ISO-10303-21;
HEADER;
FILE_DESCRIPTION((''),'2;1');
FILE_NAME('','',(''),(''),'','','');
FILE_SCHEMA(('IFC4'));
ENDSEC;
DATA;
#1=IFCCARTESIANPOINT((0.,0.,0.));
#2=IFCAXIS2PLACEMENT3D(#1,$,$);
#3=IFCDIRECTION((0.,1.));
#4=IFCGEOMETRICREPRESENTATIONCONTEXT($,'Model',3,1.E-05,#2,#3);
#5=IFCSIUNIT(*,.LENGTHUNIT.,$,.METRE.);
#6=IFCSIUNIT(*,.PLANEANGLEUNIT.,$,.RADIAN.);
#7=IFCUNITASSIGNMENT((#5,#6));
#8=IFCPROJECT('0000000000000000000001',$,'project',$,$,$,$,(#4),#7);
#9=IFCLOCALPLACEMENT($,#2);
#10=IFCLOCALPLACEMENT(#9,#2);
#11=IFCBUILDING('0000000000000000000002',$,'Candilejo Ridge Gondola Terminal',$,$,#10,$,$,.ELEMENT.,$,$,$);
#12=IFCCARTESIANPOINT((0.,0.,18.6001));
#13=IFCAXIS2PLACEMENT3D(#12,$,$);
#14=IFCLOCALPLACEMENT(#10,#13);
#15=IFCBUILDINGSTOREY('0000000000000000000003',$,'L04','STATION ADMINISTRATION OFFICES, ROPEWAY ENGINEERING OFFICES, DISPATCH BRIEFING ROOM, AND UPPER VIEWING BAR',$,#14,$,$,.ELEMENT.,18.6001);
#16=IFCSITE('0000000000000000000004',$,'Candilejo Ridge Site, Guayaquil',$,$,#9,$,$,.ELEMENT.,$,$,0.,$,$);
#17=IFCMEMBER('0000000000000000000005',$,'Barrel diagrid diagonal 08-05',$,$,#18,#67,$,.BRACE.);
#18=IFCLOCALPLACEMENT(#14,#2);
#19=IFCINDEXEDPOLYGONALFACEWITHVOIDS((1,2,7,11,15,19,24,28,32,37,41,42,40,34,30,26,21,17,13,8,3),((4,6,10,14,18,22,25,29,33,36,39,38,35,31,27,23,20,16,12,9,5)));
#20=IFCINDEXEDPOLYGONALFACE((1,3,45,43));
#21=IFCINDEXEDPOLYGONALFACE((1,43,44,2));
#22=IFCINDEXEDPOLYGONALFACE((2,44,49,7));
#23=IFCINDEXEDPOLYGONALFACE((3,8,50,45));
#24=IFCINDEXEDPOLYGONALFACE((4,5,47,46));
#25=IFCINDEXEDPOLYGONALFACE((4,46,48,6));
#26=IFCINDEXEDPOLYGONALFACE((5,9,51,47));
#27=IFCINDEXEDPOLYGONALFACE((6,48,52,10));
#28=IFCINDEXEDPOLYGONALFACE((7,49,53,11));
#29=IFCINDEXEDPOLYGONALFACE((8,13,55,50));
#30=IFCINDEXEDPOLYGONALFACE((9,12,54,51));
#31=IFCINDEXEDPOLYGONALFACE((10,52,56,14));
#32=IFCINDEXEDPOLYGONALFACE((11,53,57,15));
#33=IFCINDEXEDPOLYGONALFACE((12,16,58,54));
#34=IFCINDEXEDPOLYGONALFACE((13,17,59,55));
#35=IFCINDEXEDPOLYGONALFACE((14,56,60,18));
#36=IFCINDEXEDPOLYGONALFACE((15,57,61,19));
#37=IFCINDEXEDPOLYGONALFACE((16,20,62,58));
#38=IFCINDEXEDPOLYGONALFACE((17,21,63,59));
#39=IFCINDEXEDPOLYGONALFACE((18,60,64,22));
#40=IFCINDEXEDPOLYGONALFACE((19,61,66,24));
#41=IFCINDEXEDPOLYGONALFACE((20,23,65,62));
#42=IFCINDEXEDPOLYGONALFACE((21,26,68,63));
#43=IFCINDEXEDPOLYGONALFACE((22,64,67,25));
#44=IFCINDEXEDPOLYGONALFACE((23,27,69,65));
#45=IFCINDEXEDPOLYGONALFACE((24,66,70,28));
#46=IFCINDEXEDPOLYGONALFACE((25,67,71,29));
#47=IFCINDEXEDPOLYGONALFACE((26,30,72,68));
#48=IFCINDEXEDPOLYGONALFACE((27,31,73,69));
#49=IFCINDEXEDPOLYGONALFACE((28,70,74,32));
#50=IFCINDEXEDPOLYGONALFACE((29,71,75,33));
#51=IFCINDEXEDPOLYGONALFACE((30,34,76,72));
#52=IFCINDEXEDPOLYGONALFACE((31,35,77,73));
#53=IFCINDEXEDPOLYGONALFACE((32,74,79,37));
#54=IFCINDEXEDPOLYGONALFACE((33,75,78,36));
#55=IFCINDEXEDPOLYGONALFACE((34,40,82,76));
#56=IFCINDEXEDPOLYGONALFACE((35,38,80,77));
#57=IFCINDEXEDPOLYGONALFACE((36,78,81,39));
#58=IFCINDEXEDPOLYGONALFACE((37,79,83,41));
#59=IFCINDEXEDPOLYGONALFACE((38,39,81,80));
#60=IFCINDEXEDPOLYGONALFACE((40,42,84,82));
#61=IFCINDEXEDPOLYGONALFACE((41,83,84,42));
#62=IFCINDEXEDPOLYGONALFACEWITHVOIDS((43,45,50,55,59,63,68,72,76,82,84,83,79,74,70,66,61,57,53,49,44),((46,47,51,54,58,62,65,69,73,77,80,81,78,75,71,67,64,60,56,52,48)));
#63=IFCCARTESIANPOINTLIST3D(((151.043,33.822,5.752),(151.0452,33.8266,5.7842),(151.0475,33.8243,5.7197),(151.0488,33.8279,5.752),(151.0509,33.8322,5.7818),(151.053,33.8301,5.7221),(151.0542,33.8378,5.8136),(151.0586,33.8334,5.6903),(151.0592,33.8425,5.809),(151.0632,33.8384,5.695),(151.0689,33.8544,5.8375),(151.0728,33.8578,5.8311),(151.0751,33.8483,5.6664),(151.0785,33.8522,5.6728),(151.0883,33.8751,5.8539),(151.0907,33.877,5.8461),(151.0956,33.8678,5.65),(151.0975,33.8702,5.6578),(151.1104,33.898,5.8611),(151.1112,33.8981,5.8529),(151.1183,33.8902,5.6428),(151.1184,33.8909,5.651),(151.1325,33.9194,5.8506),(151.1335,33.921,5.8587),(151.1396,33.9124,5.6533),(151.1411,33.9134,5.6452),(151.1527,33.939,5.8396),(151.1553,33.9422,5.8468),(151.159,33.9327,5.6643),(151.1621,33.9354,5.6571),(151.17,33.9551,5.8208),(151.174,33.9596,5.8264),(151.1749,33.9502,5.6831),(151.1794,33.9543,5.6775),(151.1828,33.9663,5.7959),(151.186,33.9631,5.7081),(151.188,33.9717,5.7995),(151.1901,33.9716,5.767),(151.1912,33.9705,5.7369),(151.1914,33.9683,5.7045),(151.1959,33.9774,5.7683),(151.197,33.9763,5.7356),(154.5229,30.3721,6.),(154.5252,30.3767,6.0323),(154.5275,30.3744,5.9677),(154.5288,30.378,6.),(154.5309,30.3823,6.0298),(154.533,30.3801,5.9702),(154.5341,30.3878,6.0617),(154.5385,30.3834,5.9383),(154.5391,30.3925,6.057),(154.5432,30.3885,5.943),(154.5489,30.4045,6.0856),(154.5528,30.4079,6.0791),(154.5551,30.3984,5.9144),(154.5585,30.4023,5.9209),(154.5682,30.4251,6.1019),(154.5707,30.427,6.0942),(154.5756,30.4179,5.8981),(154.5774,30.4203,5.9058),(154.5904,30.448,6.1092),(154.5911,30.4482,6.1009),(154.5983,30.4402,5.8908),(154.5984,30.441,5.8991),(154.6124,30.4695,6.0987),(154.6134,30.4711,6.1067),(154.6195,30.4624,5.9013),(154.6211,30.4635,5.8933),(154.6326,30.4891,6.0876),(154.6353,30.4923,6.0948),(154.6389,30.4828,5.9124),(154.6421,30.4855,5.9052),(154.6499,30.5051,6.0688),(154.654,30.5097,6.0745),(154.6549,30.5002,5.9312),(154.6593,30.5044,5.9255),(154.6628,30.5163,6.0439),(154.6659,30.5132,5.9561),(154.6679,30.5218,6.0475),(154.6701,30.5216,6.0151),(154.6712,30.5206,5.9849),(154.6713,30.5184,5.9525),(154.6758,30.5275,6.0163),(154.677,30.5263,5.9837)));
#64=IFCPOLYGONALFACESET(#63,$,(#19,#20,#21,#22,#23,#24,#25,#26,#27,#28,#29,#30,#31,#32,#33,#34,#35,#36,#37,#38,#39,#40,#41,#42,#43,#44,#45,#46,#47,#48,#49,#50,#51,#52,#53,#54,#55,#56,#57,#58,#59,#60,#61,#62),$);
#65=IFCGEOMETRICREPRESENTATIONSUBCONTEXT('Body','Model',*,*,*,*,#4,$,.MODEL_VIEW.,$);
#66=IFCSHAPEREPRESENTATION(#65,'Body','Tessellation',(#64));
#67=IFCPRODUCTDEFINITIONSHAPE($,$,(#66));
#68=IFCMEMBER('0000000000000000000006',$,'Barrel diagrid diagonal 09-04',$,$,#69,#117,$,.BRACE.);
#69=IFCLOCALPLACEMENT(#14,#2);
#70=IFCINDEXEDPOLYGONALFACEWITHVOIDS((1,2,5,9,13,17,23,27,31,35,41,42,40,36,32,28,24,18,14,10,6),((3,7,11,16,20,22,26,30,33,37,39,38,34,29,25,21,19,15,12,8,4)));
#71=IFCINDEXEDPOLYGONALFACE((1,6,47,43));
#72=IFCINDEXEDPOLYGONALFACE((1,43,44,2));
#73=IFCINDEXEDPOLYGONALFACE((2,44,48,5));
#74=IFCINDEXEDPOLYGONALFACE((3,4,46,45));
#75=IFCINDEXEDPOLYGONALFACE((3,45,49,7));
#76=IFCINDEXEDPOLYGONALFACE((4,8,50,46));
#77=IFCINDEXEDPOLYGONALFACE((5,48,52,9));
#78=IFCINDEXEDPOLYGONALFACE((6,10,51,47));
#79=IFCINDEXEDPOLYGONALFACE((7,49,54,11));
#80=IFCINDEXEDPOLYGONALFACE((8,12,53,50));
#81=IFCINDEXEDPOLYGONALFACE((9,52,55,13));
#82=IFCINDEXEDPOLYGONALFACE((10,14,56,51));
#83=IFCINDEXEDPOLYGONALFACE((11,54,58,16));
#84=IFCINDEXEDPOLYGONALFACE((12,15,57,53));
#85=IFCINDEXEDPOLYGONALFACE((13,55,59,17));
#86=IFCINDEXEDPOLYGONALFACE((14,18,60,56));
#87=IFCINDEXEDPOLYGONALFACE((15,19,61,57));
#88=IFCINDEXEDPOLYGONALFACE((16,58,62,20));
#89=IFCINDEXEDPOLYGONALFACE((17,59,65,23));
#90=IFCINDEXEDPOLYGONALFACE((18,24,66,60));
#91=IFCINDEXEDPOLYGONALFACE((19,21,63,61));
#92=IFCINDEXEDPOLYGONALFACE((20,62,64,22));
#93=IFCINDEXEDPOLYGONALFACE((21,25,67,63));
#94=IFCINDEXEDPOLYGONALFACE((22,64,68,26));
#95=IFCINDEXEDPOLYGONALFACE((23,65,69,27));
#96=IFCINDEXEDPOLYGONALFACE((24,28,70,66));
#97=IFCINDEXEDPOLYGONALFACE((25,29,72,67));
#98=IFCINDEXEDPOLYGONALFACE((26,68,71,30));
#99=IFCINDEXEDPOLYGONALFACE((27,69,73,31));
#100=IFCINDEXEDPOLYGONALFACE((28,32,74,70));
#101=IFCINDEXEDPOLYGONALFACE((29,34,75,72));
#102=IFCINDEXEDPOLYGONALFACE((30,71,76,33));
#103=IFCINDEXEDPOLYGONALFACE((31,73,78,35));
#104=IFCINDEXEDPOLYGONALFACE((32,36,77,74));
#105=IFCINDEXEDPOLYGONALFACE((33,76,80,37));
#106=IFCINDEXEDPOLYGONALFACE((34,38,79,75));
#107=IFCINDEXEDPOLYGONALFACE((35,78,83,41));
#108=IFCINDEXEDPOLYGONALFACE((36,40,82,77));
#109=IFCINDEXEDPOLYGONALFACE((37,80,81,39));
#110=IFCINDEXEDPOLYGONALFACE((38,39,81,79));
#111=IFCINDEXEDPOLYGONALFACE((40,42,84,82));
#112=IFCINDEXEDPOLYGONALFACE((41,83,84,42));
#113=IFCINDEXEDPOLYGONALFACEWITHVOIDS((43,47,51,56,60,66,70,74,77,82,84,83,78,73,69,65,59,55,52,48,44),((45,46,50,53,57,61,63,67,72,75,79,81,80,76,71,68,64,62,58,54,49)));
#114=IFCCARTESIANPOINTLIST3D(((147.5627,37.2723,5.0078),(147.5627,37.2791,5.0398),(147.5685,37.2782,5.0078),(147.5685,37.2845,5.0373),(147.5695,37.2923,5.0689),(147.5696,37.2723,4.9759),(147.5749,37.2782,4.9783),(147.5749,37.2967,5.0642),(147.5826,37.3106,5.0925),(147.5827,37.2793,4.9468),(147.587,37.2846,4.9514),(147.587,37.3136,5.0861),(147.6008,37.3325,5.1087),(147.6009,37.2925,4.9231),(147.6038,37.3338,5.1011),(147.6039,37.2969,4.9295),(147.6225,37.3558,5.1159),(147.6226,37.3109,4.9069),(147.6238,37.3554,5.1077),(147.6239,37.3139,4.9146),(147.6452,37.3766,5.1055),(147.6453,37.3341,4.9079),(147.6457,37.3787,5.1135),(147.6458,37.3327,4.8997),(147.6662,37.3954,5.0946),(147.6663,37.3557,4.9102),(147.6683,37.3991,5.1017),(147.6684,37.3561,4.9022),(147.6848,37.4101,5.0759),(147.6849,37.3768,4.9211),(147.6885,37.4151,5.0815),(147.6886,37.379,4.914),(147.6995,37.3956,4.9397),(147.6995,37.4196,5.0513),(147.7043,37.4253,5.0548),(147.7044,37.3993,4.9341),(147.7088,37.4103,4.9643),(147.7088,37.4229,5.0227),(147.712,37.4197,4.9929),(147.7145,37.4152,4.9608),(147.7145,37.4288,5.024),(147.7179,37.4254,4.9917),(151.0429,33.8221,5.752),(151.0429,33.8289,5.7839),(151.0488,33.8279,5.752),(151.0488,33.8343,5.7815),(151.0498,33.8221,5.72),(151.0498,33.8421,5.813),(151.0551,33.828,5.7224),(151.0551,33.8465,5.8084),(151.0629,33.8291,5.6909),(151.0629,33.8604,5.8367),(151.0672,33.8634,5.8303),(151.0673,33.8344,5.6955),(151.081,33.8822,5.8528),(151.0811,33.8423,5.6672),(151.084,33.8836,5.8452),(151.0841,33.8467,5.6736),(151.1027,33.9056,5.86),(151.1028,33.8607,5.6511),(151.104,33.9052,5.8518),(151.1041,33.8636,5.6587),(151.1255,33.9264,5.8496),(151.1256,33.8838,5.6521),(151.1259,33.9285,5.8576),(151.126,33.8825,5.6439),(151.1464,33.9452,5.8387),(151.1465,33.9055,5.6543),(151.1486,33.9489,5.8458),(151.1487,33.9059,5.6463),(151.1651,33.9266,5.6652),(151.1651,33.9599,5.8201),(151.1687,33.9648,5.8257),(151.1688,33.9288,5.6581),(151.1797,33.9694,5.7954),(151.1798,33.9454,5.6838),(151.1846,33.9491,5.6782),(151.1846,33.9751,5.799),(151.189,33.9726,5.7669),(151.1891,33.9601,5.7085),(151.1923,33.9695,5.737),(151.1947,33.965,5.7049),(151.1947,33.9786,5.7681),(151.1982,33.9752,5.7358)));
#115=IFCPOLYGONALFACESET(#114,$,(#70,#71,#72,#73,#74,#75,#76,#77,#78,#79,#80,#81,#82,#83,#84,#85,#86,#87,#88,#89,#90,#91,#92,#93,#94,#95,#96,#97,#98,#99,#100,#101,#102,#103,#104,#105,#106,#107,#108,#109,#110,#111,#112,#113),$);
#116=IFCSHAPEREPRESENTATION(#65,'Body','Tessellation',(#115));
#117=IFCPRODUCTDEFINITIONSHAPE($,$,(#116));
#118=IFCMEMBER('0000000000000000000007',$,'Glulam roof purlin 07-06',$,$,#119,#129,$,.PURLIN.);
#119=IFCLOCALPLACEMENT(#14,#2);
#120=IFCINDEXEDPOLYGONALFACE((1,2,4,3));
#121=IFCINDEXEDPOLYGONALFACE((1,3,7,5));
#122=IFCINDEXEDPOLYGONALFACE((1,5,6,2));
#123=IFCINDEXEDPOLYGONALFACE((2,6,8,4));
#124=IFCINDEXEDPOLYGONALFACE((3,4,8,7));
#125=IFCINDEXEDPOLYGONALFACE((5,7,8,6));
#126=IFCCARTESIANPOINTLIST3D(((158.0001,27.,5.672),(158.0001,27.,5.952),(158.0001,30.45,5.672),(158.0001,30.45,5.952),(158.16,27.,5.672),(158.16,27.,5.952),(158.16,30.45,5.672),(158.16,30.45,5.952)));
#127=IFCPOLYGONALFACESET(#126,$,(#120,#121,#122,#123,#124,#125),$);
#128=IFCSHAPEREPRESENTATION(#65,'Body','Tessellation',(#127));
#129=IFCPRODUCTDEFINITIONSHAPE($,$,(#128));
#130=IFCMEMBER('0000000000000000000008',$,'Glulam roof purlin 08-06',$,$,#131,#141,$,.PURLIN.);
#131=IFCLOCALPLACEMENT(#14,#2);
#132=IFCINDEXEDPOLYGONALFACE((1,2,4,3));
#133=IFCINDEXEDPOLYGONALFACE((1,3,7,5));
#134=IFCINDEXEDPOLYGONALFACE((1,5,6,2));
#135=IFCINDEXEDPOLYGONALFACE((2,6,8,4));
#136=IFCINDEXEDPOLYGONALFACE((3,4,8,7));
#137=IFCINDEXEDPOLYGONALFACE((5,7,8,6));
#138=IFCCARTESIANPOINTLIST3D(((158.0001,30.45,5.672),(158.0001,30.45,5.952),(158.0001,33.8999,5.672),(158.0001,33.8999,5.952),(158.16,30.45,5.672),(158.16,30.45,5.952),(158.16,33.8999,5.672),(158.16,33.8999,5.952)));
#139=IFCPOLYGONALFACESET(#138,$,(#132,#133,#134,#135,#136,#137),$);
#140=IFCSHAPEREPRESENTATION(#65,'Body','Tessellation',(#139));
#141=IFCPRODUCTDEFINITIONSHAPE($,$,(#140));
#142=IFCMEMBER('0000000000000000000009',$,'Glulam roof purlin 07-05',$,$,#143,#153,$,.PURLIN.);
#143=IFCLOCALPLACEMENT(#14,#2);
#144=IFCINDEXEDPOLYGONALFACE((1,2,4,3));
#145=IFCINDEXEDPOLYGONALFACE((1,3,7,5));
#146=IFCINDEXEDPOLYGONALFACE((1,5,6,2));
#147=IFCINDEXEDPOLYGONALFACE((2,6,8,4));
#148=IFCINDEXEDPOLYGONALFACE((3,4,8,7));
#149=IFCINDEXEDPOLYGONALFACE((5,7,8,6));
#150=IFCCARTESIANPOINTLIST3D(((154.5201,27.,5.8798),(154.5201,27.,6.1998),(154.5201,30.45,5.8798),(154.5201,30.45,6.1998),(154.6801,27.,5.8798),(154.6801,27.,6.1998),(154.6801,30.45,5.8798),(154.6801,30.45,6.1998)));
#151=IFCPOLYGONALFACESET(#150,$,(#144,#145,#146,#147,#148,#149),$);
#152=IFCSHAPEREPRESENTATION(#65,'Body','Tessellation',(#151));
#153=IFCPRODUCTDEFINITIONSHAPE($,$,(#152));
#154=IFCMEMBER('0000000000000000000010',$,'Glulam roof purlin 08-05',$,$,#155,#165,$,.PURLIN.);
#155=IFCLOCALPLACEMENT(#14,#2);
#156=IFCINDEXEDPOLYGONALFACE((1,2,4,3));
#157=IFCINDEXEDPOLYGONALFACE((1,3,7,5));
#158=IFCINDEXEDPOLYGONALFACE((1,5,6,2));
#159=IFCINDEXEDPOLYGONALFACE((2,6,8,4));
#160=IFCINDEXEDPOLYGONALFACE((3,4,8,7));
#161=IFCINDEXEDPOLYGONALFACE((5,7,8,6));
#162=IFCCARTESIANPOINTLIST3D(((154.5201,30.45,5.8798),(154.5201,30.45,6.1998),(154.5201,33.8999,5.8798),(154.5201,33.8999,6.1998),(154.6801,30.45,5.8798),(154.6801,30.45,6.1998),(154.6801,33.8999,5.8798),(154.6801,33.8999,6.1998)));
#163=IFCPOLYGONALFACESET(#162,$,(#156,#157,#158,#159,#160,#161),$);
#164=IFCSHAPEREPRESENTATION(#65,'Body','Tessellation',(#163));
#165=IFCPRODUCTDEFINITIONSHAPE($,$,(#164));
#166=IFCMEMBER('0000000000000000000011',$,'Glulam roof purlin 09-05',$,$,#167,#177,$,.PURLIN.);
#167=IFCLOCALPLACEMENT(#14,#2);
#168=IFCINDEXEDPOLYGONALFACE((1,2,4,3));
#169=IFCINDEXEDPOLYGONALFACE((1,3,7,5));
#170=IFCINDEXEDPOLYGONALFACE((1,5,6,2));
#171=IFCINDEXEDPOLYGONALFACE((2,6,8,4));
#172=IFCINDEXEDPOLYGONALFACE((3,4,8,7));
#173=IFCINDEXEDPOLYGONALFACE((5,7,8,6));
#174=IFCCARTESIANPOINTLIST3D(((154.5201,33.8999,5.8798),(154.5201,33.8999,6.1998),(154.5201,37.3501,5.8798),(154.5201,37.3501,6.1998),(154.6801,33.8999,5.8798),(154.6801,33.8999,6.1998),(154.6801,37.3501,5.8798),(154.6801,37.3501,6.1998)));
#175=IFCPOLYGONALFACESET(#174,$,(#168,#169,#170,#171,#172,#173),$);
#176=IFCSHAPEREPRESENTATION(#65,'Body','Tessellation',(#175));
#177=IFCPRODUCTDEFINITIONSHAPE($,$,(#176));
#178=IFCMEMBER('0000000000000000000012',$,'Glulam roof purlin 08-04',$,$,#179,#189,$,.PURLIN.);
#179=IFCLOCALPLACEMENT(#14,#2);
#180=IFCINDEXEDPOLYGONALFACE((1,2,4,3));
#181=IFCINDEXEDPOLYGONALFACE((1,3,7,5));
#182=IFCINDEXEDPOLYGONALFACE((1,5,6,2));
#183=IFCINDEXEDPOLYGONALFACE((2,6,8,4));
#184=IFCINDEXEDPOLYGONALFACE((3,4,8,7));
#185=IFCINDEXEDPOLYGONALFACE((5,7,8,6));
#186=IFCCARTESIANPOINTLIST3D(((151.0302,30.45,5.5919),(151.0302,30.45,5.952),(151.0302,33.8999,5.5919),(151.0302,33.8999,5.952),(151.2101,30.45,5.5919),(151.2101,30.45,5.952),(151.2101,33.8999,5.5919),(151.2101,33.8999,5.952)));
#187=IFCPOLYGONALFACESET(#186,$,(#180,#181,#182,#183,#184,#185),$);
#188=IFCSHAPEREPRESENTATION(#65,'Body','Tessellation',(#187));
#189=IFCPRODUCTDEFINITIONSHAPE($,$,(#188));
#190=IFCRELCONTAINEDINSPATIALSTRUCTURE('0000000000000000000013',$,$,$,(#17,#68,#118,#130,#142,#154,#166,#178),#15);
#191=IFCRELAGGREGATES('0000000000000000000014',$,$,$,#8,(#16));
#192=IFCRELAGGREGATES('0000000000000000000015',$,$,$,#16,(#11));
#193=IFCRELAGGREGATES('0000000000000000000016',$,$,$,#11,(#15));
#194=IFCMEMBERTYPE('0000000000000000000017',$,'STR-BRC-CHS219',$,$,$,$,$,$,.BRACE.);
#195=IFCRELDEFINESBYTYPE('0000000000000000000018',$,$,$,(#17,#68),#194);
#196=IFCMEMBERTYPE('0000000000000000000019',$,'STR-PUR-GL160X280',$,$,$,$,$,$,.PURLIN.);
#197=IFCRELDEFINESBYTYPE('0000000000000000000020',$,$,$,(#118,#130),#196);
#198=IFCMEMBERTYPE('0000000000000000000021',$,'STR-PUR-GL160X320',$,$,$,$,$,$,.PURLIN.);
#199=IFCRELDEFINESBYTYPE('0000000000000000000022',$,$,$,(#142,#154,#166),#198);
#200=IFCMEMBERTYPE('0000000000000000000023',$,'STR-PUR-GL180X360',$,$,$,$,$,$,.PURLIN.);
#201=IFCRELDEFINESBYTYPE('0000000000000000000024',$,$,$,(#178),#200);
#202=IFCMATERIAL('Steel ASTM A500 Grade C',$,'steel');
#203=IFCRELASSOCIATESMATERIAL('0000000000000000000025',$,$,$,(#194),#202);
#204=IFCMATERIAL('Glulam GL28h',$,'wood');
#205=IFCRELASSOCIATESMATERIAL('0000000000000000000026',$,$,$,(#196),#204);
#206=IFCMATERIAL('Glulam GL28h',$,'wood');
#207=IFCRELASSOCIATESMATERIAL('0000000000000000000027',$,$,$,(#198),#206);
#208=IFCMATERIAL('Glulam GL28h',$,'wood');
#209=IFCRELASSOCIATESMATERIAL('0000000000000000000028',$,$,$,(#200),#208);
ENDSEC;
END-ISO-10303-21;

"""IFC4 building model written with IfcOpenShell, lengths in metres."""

from ifc_helpers import new_model, si_unit, direction, frame, origin, origin_2d, place, context, subcontext, project, spatial, rectangle, hollow_circle, extrude, material, material_profile, profile_set, type_object, element, save


model = new_model("IFC4")

# Units and contexts
model_context = context("Model", 3, precision=1e-05, world=origin(), true_north=direction((0.0, 1.0)))
body_context = subcontext(model_context, "Body", "Model", "MODEL_VIEW")
ifc_project = project(units=[si_unit("LENGTHUNIT", "METRE"), si_unit("PLANEANGLEUNIT", "RADIAN")], contexts=[model_context])

# Site, building, storey
site_placement = place(None, origin())
site = spatial("IfcSite", under=ifc_project, at=site_placement, Name="Candilejo Ridge Site, Guayaquil", CompositionType="ELEMENT", RefElevation=0.0)
building_placement = place(site_placement, origin())
building = spatial("IfcBuilding", under=site, at=building_placement, Name="Candilejo Ridge Gondola Terminal", CompositionType="ELEMENT")
storey_placement = place(building_placement, frame((0.0, 0.0, 18.6001)))
storey = spatial("IfcBuildingStorey", under=building, at=storey_placement, Name="L04", Description="STATION ADMINISTRATION OFFICES, ROPEWAY ENGINEERING OFFICES, DISPATCH BRIEFING ROOM, AND UPPER VIEWING BAR", CompositionType="ELEMENT", Elevation=18.6001)

# Members
ifc_material_1 = material(Name="Steel ASTM A500 Grade C", Category="steel")
ifc_material_profile_1 = material_profile(ifc_material_1, hollow_circle(Radius=0.1096, WallThickness=0.0083, at=origin_2d()))
ifc_profile_set_1 = profile_set([ifc_material_profile_1], Name="Steel ASTM A500 Grade C")
member_type_1 = type_object("IfcMemberType", Name="STR-BRC-CHS219", PredefinedType="BRACE", material=ifc_profile_set_1)
for number, where, z_axis, x_axis, name in (
    (1, (154.6001, 30.45, 6.0), (-0.709256, 0.703136, -0.050555), (-0.704036, -0.710164, 0.0), "Barrel diagrid diagonal 08-05"),
):
    element("IfcMember", number, at=place(storey_placement, frame(where, z_axis=z_axis, x_axis=x_axis)), inside=storey, type_object=member_type_1, Name=name, PredefinedType="BRACE", context=body_context, shape_type="SweptSolid", body=[
        extrude(hollow_circle(Radius=0.1096, WallThickness=0.0083, at=origin_2d()), origin(), (0.0, 0.0, 1.0), 4.9065),
    ])
member_1_placement = place(storey_placement, frame((151.1201, 33.8999, 5.752), z_axis=(-0.702116, 0.696057, -0.150126), x_axis=(-0.704036, -0.710164, 0.0)))
element("IfcMember", 2, at=member_1_placement, inside=storey, type_object=member_type_1, Name="Barrel diagrid diagonal 09-04", PredefinedType="BRACE", context=body_context, shape_type="SweptSolid", body=[
    extrude(hollow_circle(Radius=0.1096, WallThickness=0.0083, at=origin_2d()), origin(), (0.0, 0.0, 1.0), 4.9568),
])
ifc_material_2 = material(Name="Glulam GL28h", Category="wood")
ifc_material_profile_2 = material_profile(ifc_material_2, rectangle(XDim=0.1599, YDim=0.28, at=origin_2d()))
ifc_profile_set_2 = profile_set([ifc_material_profile_2], Name="Glulam GL28h")
member_type_2 = type_object("IfcMemberType", Name="STR-PUR-GL160X280", PredefinedType="PURLIN", material=ifc_profile_set_2)
for number, where, z_axis, x_axis, name in (
    (3, (158.0801, 27.0, 5.812), (0.0, 1.0, 0.0), (-1.0, 0.0, 0.0), "Glulam roof purlin 07-06"),
    (4, (158.0801, 30.45, 5.812), (0.0, 1.0, 0.0), (-1.0, 0.0, 0.0), "Glulam roof purlin 08-06"),
):
    element("IfcMember", number, at=place(storey_placement, frame(where, z_axis=z_axis, x_axis=x_axis)), inside=storey, type_object=member_type_2, Name=name, PredefinedType="PURLIN", context=body_context, shape_type="SweptSolid", body=[
        extrude(rectangle(XDim=0.1599, YDim=0.28, at=origin_2d()), origin(), (0.0, 0.0, 1.0), 3.45),
    ])
ifc_material_3 = material(Name="Glulam GL28h", Category="wood")
ifc_material_profile_3 = material_profile(ifc_material_3, rectangle(XDim=0.1599, YDim=0.3201, at=origin_2d()))
ifc_profile_set_3 = profile_set([ifc_material_profile_3], Name="Glulam GL28h")
member_type_3 = type_object("IfcMemberType", Name="STR-PUR-GL160X320", PredefinedType="PURLIN", material=ifc_profile_set_3)
for number, where, z_axis, x_axis, name in (
    (5, (154.6001, 27.0, 6.0398), (0.0, 1.0, 0.0), (-1.0, 0.0, 0.0), "Glulam roof purlin 07-05"),
    (6, (154.6001, 30.45, 6.0398), (0.0, 1.0, 0.0), (-1.0, 0.0, 0.0), "Glulam roof purlin 08-05"),
):
    element("IfcMember", number, at=place(storey_placement, frame(where, z_axis=z_axis, x_axis=x_axis)), inside=storey, type_object=member_type_3, Name=name, PredefinedType="PURLIN", context=body_context, shape_type="SweptSolid", body=[
        extrude(rectangle(XDim=0.1599, YDim=0.3201, at=origin_2d()), origin(), (0.0, 0.0, 1.0), 3.45),
    ])
member_2_placement = place(storey_placement, frame((154.6001, 33.8999, 6.0398), z_axis=(0.0, 1.0, 0.0), x_axis=(-1.0, 0.0, 0.0)))
element("IfcMember", 7, at=member_2_placement, inside=storey, type_object=member_type_3, Name="Glulam roof purlin 09-05", PredefinedType="PURLIN", context=body_context, shape_type="SweptSolid", body=[
    extrude(rectangle(XDim=0.1599, YDim=0.3201, at=origin_2d()), origin(), (0.0, 0.0, 1.0), 3.4502),
])
ifc_material_4 = material(Name="Glulam GL28h", Category="wood")
ifc_material_profile_4 = material_profile(ifc_material_4, rectangle(XDim=0.1799, YDim=0.3601, at=origin_2d()))
ifc_profile_set_4 = profile_set([ifc_material_profile_4], Name="Glulam GL28h")
member_type_4 = type_object("IfcMemberType", Name="STR-PUR-GL180X360", PredefinedType="PURLIN", material=ifc_profile_set_4)
member_3_placement = place(storey_placement, frame((151.1201, 30.45, 5.772), z_axis=(0.0, 1.0, 0.0), x_axis=(-1.0, 0.0, 0.0)))
element("IfcMember", 8, at=member_3_placement, inside=storey, type_object=member_type_4, Name="Glulam roof purlin 08-04", PredefinedType="PURLIN", context=body_context, shape_type="SweptSolid", body=[
    extrude(rectangle(XDim=0.1799, YDim=0.3601, at=origin_2d()), origin(), (0.0, 0.0, 1.0), 3.45),
])

save(model, "model.ifc")
